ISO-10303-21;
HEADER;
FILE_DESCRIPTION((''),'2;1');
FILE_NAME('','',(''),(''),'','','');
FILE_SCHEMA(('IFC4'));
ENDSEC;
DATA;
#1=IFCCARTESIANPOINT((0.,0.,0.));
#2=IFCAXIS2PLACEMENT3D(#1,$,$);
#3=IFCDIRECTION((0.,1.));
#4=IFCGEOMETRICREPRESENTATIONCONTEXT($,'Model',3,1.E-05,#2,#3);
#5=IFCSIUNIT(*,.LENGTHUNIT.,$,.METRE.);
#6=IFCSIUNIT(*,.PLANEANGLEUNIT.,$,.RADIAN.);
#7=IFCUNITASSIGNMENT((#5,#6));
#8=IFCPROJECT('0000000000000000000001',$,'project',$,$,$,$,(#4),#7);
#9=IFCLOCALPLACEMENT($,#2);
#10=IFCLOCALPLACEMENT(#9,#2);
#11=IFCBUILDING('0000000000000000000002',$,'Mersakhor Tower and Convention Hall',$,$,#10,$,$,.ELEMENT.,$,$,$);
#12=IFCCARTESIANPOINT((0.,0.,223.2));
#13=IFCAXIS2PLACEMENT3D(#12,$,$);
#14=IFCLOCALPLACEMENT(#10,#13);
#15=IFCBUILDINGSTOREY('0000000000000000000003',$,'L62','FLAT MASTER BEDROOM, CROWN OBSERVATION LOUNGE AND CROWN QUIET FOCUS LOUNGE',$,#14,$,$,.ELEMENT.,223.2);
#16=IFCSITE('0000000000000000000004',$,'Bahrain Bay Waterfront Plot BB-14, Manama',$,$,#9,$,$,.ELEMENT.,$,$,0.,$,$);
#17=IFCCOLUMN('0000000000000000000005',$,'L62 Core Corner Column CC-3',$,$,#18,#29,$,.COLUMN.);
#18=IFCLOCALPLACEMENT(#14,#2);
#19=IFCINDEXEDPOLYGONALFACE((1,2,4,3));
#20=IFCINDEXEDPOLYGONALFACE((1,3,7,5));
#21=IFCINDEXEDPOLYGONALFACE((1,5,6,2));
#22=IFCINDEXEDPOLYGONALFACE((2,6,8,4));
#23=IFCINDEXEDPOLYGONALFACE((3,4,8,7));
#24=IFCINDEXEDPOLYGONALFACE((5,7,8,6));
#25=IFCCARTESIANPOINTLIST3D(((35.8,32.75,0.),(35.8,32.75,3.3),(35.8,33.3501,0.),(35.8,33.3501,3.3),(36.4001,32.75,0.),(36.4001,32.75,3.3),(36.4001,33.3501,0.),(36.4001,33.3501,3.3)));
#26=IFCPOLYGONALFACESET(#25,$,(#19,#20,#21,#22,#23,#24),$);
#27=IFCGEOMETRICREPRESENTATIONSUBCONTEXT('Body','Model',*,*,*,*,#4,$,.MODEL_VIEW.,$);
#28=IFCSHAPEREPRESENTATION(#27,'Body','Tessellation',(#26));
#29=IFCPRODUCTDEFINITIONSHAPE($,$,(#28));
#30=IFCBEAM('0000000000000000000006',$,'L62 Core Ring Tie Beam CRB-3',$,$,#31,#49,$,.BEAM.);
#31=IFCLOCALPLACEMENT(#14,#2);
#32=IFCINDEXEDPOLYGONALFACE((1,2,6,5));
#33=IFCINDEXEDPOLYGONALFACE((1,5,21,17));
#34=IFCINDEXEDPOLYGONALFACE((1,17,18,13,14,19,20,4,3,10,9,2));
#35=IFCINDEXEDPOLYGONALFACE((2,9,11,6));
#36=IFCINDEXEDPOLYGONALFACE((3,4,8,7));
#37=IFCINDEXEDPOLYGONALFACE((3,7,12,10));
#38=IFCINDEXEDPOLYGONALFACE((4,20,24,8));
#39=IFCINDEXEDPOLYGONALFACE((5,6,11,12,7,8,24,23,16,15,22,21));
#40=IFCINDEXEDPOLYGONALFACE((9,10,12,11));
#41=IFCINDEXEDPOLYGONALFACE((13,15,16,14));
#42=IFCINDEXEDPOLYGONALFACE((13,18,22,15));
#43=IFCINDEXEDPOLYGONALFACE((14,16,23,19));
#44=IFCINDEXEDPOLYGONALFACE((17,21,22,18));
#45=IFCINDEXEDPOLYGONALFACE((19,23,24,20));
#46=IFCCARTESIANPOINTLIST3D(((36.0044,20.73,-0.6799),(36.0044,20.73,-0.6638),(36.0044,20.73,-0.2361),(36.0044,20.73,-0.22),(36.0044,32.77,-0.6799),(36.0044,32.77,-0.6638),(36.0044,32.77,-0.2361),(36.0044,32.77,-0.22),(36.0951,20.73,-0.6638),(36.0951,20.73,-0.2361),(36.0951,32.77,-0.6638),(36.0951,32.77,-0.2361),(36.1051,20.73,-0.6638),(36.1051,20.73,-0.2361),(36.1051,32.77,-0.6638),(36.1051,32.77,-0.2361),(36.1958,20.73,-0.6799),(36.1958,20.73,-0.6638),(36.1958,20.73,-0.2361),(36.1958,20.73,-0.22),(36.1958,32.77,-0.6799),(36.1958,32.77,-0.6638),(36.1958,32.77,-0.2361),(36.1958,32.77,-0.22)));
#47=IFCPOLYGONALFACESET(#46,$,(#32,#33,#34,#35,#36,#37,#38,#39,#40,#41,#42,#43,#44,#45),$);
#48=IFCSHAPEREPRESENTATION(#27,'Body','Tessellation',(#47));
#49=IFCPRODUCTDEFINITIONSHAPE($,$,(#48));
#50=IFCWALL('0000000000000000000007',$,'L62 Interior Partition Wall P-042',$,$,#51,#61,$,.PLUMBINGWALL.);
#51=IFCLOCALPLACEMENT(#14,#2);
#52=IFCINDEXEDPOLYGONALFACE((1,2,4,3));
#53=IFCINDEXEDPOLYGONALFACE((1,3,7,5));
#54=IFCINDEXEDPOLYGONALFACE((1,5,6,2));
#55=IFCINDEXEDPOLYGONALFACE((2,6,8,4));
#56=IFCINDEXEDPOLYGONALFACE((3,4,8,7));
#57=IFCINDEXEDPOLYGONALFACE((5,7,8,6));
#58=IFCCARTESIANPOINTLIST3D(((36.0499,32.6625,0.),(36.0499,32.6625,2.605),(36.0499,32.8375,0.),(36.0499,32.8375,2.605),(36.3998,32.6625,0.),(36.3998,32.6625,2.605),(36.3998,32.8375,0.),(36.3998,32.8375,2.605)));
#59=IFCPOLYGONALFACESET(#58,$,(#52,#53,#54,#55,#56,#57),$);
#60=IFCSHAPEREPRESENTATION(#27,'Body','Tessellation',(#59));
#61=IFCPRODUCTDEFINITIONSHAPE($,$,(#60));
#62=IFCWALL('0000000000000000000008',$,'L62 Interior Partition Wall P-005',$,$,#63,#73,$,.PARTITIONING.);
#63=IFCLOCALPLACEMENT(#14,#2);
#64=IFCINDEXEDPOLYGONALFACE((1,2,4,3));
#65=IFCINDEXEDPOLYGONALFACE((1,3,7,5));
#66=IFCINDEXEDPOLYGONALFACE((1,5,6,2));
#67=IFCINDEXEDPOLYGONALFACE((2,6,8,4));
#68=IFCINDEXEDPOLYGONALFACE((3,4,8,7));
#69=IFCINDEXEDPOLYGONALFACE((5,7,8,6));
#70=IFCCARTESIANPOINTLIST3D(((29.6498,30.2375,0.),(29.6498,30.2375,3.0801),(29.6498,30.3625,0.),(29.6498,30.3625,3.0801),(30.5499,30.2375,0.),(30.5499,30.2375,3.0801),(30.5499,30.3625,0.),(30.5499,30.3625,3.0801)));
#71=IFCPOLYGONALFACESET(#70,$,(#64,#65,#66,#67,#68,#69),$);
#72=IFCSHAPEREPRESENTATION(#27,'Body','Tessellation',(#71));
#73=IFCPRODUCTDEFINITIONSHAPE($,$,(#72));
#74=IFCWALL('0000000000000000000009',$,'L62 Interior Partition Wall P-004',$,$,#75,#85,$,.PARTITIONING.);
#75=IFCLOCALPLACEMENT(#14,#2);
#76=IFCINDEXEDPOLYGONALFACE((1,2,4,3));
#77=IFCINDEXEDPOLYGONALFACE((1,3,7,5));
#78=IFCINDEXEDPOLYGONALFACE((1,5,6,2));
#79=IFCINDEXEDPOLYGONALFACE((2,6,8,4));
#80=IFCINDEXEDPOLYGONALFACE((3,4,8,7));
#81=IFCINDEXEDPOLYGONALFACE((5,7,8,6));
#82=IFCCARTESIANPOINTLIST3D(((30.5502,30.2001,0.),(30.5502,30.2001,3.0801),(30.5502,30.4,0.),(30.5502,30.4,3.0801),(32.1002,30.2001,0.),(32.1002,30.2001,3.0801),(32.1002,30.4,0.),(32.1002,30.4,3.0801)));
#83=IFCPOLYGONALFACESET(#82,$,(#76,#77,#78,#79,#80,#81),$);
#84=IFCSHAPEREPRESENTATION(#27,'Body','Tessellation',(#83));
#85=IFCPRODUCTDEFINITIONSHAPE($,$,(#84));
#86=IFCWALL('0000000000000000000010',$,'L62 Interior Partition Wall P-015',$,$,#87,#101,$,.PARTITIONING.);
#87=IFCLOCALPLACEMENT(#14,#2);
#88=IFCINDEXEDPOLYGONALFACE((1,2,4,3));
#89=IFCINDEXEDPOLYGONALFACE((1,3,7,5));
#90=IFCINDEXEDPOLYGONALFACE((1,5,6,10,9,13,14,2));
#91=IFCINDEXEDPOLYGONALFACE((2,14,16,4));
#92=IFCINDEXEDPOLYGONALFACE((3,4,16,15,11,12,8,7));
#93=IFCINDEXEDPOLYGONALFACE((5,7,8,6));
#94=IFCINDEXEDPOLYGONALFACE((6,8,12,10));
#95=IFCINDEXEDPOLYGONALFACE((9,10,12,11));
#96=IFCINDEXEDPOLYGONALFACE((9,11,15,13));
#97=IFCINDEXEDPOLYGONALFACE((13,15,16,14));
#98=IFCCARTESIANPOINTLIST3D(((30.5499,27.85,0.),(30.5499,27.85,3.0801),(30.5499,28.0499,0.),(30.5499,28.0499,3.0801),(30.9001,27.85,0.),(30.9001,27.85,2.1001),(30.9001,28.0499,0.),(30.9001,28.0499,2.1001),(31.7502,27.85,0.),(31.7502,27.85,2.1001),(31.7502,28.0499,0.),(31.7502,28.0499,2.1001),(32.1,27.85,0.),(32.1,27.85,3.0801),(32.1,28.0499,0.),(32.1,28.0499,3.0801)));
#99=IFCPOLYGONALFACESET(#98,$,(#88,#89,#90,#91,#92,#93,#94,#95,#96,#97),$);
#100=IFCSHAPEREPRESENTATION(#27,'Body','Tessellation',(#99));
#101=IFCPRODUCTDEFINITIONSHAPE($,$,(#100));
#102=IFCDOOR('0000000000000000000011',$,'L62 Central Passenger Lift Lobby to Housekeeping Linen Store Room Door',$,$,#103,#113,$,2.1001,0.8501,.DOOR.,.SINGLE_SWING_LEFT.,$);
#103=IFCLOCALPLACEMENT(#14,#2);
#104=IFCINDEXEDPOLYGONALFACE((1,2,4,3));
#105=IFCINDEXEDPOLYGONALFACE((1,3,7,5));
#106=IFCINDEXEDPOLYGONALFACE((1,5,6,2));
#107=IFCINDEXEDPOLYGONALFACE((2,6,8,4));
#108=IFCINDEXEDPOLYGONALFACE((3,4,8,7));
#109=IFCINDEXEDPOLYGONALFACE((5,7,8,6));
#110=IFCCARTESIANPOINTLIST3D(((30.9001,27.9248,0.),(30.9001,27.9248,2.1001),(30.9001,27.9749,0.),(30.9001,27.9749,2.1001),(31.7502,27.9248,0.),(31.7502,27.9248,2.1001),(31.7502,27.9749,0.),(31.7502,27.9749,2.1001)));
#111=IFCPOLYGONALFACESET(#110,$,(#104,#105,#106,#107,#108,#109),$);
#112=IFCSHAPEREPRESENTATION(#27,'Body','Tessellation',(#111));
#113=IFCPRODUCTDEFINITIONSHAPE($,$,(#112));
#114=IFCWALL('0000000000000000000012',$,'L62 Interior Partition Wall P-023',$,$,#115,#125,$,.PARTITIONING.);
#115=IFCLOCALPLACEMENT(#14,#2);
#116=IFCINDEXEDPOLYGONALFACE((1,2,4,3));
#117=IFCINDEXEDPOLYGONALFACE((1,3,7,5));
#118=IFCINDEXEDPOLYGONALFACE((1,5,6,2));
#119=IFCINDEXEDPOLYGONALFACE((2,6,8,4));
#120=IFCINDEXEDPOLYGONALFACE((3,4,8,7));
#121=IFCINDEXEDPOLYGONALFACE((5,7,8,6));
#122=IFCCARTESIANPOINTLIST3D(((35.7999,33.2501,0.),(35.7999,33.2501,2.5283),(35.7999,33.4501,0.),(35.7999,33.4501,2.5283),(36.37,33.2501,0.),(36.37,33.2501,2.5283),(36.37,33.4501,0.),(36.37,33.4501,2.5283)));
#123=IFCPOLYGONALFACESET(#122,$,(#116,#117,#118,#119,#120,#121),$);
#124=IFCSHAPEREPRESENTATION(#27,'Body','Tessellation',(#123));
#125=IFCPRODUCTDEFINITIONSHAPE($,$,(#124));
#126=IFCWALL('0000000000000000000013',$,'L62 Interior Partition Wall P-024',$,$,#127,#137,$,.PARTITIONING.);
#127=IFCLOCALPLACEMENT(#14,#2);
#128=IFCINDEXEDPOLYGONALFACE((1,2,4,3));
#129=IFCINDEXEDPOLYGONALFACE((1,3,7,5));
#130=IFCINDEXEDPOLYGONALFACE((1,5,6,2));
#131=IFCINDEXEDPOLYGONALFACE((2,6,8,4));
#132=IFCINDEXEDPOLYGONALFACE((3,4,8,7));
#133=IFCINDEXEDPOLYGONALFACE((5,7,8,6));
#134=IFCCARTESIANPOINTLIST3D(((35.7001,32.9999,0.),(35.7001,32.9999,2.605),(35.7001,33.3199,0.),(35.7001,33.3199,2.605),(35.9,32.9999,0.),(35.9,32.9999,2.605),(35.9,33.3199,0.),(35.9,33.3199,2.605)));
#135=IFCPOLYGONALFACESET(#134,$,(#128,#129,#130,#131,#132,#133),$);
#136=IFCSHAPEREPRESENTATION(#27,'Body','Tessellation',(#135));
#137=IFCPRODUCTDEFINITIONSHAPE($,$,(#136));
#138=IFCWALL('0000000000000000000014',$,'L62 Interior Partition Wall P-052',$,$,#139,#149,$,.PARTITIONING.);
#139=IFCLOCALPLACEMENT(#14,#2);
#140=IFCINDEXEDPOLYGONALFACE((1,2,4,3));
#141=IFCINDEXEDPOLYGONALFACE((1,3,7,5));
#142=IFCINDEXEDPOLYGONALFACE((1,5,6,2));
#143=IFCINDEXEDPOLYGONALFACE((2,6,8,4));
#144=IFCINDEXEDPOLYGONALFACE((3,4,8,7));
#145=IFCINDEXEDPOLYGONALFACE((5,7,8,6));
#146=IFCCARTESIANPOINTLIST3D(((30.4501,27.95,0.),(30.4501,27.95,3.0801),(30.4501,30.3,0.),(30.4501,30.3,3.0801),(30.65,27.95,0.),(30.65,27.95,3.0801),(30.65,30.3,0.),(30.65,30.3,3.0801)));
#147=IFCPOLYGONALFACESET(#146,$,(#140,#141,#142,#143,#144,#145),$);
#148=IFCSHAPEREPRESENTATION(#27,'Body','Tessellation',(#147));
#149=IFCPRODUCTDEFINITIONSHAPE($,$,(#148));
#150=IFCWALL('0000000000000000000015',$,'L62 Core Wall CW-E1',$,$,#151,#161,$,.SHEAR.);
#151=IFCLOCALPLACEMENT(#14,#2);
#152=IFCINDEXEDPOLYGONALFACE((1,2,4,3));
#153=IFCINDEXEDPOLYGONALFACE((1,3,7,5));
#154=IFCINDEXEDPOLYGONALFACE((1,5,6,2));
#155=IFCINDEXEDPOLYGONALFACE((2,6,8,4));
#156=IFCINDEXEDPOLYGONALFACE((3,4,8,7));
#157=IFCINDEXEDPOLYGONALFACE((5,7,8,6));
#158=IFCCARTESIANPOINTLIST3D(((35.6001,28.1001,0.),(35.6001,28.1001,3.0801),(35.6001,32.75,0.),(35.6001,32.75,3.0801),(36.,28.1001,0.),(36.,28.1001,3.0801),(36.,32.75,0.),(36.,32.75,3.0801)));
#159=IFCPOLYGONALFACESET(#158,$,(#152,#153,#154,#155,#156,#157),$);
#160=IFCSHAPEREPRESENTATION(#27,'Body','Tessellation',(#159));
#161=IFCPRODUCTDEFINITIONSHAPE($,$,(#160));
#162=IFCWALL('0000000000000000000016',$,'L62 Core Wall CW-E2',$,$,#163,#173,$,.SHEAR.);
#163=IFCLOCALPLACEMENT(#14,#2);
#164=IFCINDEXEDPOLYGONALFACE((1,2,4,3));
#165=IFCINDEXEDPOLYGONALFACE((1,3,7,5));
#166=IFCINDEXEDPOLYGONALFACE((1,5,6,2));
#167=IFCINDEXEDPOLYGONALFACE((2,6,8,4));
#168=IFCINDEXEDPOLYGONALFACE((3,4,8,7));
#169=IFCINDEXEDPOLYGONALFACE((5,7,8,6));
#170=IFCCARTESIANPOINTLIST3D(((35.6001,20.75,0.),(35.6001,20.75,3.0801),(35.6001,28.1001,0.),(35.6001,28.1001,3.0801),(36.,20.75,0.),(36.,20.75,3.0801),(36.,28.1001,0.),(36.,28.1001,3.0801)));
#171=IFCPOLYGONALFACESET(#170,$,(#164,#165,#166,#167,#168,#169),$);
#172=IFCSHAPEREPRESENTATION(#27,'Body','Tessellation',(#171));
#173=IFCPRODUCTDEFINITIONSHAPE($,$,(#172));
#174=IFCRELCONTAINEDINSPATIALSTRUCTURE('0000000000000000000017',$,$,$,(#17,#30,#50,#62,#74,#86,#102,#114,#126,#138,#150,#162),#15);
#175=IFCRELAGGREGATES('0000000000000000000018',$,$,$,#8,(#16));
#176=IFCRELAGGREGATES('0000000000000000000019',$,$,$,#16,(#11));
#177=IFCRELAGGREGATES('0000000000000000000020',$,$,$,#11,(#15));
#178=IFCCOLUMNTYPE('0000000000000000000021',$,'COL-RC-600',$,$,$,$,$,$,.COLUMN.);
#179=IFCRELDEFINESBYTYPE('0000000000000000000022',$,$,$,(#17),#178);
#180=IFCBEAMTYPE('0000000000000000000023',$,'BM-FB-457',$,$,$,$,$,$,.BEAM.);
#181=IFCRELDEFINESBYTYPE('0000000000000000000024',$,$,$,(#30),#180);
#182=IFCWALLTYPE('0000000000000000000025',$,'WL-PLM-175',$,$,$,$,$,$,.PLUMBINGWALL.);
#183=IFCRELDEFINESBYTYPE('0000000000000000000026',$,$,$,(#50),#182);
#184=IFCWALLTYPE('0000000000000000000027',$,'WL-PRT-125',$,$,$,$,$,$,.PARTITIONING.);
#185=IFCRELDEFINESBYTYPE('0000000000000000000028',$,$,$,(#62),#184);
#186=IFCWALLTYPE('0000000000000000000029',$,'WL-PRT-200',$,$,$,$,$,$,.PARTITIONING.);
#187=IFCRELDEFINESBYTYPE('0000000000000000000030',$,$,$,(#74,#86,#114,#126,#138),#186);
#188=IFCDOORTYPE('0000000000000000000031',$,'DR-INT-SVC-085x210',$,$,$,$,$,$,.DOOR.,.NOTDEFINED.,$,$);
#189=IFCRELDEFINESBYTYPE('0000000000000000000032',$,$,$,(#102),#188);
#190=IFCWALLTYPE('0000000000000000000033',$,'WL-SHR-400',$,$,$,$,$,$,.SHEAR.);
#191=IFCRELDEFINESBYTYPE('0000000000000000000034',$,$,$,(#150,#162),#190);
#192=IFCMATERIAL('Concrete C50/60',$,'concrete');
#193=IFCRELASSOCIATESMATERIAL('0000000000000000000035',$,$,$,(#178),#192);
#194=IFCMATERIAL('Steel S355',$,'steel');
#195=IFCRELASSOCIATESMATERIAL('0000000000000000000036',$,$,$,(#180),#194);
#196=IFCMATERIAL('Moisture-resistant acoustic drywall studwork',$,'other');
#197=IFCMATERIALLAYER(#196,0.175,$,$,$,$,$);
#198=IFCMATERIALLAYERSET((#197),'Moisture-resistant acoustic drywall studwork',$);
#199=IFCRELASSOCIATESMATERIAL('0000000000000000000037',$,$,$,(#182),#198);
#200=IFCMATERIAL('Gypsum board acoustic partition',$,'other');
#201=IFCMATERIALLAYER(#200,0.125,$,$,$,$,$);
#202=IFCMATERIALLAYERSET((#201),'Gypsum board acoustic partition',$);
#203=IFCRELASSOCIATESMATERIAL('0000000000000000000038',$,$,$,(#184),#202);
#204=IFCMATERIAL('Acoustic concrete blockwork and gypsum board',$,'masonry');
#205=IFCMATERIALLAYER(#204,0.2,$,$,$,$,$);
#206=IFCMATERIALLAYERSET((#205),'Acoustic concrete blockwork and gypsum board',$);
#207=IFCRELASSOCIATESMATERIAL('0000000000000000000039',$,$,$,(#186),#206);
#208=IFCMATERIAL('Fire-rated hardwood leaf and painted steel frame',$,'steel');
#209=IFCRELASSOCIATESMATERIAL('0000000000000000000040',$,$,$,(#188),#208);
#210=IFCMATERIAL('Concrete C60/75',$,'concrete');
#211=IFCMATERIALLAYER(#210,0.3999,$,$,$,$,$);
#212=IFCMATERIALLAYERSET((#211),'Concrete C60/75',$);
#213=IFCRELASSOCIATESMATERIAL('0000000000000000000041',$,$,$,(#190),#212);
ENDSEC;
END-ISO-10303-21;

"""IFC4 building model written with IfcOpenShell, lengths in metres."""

from ifc_helpers import new_model, si_unit, direction, frame, frame_2d, origin, origin_2d, place, context, subcontext, project, spatial, rectangle, i_section, extrude, material, layer, layer_set, material_profile, profile_set, type_object, element, fill, save


model = new_model("IFC4")

# Units and contexts
model_context = context("Model", 3, precision=1e-05, world=origin(), true_north=direction((0.0, 1.0)))
body_context = subcontext(model_context, "Body", "Model", "MODEL_VIEW")
ifc_project = project(units=[si_unit("LENGTHUNIT", "METRE"), si_unit("PLANEANGLEUNIT", "RADIAN")], contexts=[model_context])

# Site, building, storey
site_placement = place(None, origin())
site = spatial("IfcSite", under=ifc_project, at=site_placement, Name="Bahrain Bay Waterfront Plot BB-14, Manama", CompositionType="ELEMENT", RefElevation=0.0)
building_placement = place(site_placement, origin())
building = spatial("IfcBuilding", under=site, at=building_placement, Name="Mersakhor Tower and Convention Hall", CompositionType="ELEMENT")
storey_placement = place(building_placement, frame((0.0, 0.0, 223.2)))
storey = spatial("IfcBuildingStorey", under=building, at=storey_placement, Name="L62", Description="FLAT MASTER BEDROOM, CROWN OBSERVATION LOUNGE AND CROWN QUIET FOCUS LOUNGE", CompositionType="ELEMENT", Elevation=223.2)

# Column
ifc_material_1 = material(Name="Concrete C50/60", Category="concrete")
ifc_material_profile_1 = material_profile(ifc_material_1, rectangle(XDim=0.6001, YDim=0.6001, at=origin_2d()), Name="RC 600x600")
ifc_profile_set_1 = profile_set([ifc_material_profile_1], Name="Concrete C50/60")
column_type = type_object("IfcColumnType", Name="COL-RC-600", PredefinedType="COLUMN", material=ifc_profile_set_1)
column_placement = place(storey_placement, frame((36.1001, 33.05, 0.0), z_axis=(0.0, 0.0, 1.0), x_axis=(1.0, 0.0, 0.0)))
element("IfcColumn", 1, at=column_placement, inside=storey, type_object=column_type, Name="L62 Core Corner Column CC-3", PredefinedType="COLUMN", context=body_context, shape_type="SweptSolid", body=[
    extrude(rectangle(XDim=0.6001, YDim=0.6001, at=origin_2d()), origin(), (0.0, 0.0, 1.0), 3.3),
])

# Beam
ifc_material_2 = material(Name="Steel S355", Category="steel")
ifc_material_profile_2 = material_profile(ifc_material_2, i_section(OverallWidth=0.1914, OverallDepth=0.46, WebThickness=0.01, FlangeThickness=0.0161, at=origin_2d()), Name="UB 457x191x82")
ifc_profile_set_2 = profile_set([ifc_material_profile_2], Name="Steel S355")
beam_type = type_object("IfcBeamType", Name="BM-FB-457", PredefinedType="BEAM", material=ifc_profile_set_2)
beam_placement = place(storey_placement, frame((36.1001, 32.77, -0.45), z_axis=(0.0, -1.0, 0.0), x_axis=(1.0, 0.0, 0.0)))
element("IfcBeam", 2, at=beam_placement, inside=storey, type_object=beam_type, Name="L62 Core Ring Tie Beam CRB-3", PredefinedType="BEAM", context=body_context, shape_type="SweptSolid", body=[
    extrude(i_section(OverallWidth=0.1914, OverallDepth=0.46, WebThickness=0.01, FlangeThickness=0.0161, at=origin_2d()), origin(), (0.0, 0.0, 1.0), 12.04),
])

# Walls
ifc_material_3 = material(Name="Moisture-resistant acoustic drywall studwork", Category="other")
ifc_layer_1 = layer(ifc_material_3, 0.175)
ifc_layer_set_1 = layer_set([ifc_layer_1], Name="Moisture-resistant acoustic drywall studwork")
wall_type_1 = type_object("IfcWallType", Name="WL-PLM-175", PredefinedType="PLUMBINGWALL", material=ifc_layer_set_1)
wall_1_placement = place(storey_placement, frame((36.05, 32.75, 0.0), z_axis=(0.0, 0.0, 1.0), x_axis=(1.0, 0.0, 0.0)))
element("IfcWall", 3, at=wall_1_placement, inside=storey, type_object=wall_type_1, Name="L62 Interior Partition Wall P-042", PredefinedType="PLUMBINGWALL", context=body_context, shape_type="SweptSolid", body=[
    extrude(rectangle(XDim=0.3499, YDim=0.175, at=frame_2d((0.1748, 0.0))), origin(), (0.0, 0.0, 1.0), 2.605),
])
ifc_material_4 = material(Name="Gypsum board acoustic partition", Category="other")
ifc_layer_2 = layer(ifc_material_4, 0.125)
ifc_layer_set_2 = layer_set([ifc_layer_2], Name="Gypsum board acoustic partition")
wall_type_2 = type_object("IfcWallType", Name="WL-PRT-125", PredefinedType="PARTITIONING", material=ifc_layer_set_2)
wall_2_placement = place(storey_placement, frame((30.55, 30.3, 0.0), z_axis=(0.0, 0.0, 1.0), x_axis=(-1.0, 0.0, 0.0)))
element("IfcWall", 4, at=wall_2_placement, inside=storey, type_object=wall_type_2, Name="L62 Interior Partition Wall P-005", PredefinedType="PARTITIONING", context=body_context, shape_type="SweptSolid", body=[
    extrude(rectangle(XDim=0.9001, YDim=0.125, at=frame_2d((0.4502, 0.0))), origin(), (0.0, 0.0, 1.0), 3.0801),
])
ifc_material_5 = material(Name="Acoustic concrete blockwork and gypsum board", Category="masonry")
ifc_layer_3 = layer(ifc_material_5, 0.2)
ifc_layer_set_3 = layer_set([ifc_layer_3], Name="Acoustic concrete blockwork and gypsum board")
wall_type_3 = type_object("IfcWallType", Name="WL-PRT-200", PredefinedType="PARTITIONING", material=ifc_layer_set_3)
wall_3_placement = place(storey_placement, frame((32.1001, 30.3, 0.0), z_axis=(0.0, 0.0, 1.0), x_axis=(-1.0, 0.0, 0.0)))
element("IfcWall", 5, at=wall_3_placement, inside=storey, type_object=wall_type_3, Name="L62 Interior Partition Wall P-004", PredefinedType="PARTITIONING", context=body_context, shape_type="SweptSolid", body=[
    extrude(rectangle(XDim=1.55, YDim=0.2, at=frame_2d((0.7749, 0.0))), origin(), (0.0, 0.0, 1.0), 3.0801),
])

# Wall, opening, door
wall_4_placement = place(storey_placement, frame((30.55, 27.95, 0.0), z_axis=(0.0, 0.0, 1.0), x_axis=(1.0, 0.0, 0.0)))
wall_4 = element("IfcWall", 6, at=wall_4_placement, inside=storey, type_object=wall_type_3, Name="L62 Interior Partition Wall P-015", PredefinedType="PARTITIONING", context=body_context, shape_type="SweptSolid", body=[
    extrude(rectangle(XDim=1.55, YDim=0.2, at=frame_2d((0.7749, 0.0))), origin(), (0.0, 0.0, 1.0), 3.0801),
])
opening_1_placement = place(wall_4_placement, frame((0.3501, 0.0, 0.0)))
opening_1 = element("IfcOpeningElement", 7, at=opening_1_placement, cuts=wall_4, PredefinedType="OPENING", context=body_context, shape_type="SweptSolid", body=[
    extrude(rectangle(XDim=0.8501, YDim=2.1001, at=frame_2d((0.425, 1.05))), frame((0.0, 0.1099, 0.0), z_axis=(0.0, -1.0, 0.0), x_axis=(1.0, 0.0, 0.0)), (0.0, 0.0, 1.0), 0.22),
])
ifc_material_6 = material(Name="Fire-rated hardwood leaf and painted steel frame", Category="steel")
door_type_1 = type_object("IfcDoorType", Name="DR-INT-SVC-085x210", OperationType="NOTDEFINED", PredefinedType="DOOR", material=ifc_material_6)
door_1_placement = place(opening_1_placement, origin())
door_1 = element("IfcDoor", 8, at=door_1_placement, inside=storey, type_object=door_type_1, Name="L62 Central Passenger Lift Lobby to Housekeeping Linen Store Room Door", OperationType="SINGLE_SWING_LEFT", OverallHeight=2.1001, OverallWidth=0.8501, PredefinedType="DOOR", context=body_context, shape_type="SweptSolid", body=[
    extrude(rectangle(XDim=0.8501, YDim=2.1001, at=frame_2d((0.425, 1.05))), frame((0.0, 0.0249, 0.0), z_axis=(0.0, -1.0, 0.0), x_axis=(1.0, 0.0, 0.0)), (0.0, 0.0, 1.0), 0.05),
])
fill(opening_1, door_1)

# Walls
wall_5_placement = place(storey_placement, frame((36.3701, 33.3501, 0.0), z_axis=(0.0, 0.0, 1.0), x_axis=(-1.0, 0.0, 0.0)))
element("IfcWall", 9, at=wall_5_placement, inside=storey, type_object=wall_type_3, Name="L62 Interior Partition Wall P-023", PredefinedType="PARTITIONING", context=body_context, shape_type="SweptSolid", body=[
    extrude(rectangle(XDim=0.5701, YDim=0.2, at=frame_2d((0.2852, 0.0))), origin(), (0.0, 0.0, 1.0), 2.5283),
])
wall_6_placement = place(storey_placement, frame((35.8, 33.3201, 0.0), z_axis=(0.0, 0.0, 1.0), x_axis=(0.0, -1.0, 0.0)))
element("IfcWall", 10, at=wall_6_placement, inside=storey, type_object=wall_type_3, Name="L62 Interior Partition Wall P-024", PredefinedType="PARTITIONING", context=body_context, shape_type="SweptSolid", body=[
    extrude(rectangle(XDim=0.3201, YDim=0.2, at=frame_2d((0.1602, 0.0))), origin(), (0.0, 0.0, 1.0), 2.605),
])
wall_7_placement = place(storey_placement, frame((30.55, 30.3, 0.0), z_axis=(0.0, 0.0, 1.0), x_axis=(0.0, -1.0, 0.0)))
element("IfcWall", 11, at=wall_7_placement, inside=storey, type_object=wall_type_3, Name="L62 Interior Partition Wall P-052", PredefinedType="PARTITIONING", context=body_context, shape_type="SweptSolid", body=[
    extrude(rectangle(XDim=2.3501, YDim=0.2, at=frame_2d((1.175, 0.0))), origin(), (0.0, 0.0, 1.0), 3.0801),
])

# Shared definitions
ifc_material_7 = material(Name="Concrete C60/75", Category="concrete")
ifc_layer_4 = layer(ifc_material_7, 0.3999)
ifc_layer_set_4 = layer_set([ifc_layer_4], Name="Concrete C60/75")
wall_type_4 = type_object("IfcWallType", Name="WL-SHR-400", PredefinedType="SHEAR", material=ifc_layer_set_4)

# Walls
wall_8_placement = place(storey_placement, frame((35.8, 32.75, 0.0), z_axis=(0.0, 0.0, 1.0), x_axis=(0.0, -1.0, 0.0)))
element("IfcWall", 12, at=wall_8_placement, inside=storey, type_object=wall_type_4, Name="L62 Core Wall CW-E1", PredefinedType="SHEAR", context=body_context, shape_type="SweptSolid", body=[
    extrude(rectangle(XDim=4.6499, YDim=0.3999, at=frame_2d((2.325, 0.0))), origin(), (0.0, 0.0, 1.0), 3.0801),
])
wall_9_placement = place(storey_placement, frame((35.8, 28.1001, 0.0), z_axis=(0.0, 0.0, 1.0), x_axis=(0.0, -1.0, 0.0)))
element("IfcWall", 13, at=wall_9_placement, inside=storey, type_object=wall_type_4, Name="L62 Core Wall CW-E2", PredefinedType="SHEAR", context=body_context, shape_type="SweptSolid", body=[
    extrude(rectangle(XDim=7.3501, YDim=0.3999, at=frame_2d((3.675, 0.0))), origin(), (0.0, 0.0, 1.0), 3.0801),
])

save(model, "model.ifc")
